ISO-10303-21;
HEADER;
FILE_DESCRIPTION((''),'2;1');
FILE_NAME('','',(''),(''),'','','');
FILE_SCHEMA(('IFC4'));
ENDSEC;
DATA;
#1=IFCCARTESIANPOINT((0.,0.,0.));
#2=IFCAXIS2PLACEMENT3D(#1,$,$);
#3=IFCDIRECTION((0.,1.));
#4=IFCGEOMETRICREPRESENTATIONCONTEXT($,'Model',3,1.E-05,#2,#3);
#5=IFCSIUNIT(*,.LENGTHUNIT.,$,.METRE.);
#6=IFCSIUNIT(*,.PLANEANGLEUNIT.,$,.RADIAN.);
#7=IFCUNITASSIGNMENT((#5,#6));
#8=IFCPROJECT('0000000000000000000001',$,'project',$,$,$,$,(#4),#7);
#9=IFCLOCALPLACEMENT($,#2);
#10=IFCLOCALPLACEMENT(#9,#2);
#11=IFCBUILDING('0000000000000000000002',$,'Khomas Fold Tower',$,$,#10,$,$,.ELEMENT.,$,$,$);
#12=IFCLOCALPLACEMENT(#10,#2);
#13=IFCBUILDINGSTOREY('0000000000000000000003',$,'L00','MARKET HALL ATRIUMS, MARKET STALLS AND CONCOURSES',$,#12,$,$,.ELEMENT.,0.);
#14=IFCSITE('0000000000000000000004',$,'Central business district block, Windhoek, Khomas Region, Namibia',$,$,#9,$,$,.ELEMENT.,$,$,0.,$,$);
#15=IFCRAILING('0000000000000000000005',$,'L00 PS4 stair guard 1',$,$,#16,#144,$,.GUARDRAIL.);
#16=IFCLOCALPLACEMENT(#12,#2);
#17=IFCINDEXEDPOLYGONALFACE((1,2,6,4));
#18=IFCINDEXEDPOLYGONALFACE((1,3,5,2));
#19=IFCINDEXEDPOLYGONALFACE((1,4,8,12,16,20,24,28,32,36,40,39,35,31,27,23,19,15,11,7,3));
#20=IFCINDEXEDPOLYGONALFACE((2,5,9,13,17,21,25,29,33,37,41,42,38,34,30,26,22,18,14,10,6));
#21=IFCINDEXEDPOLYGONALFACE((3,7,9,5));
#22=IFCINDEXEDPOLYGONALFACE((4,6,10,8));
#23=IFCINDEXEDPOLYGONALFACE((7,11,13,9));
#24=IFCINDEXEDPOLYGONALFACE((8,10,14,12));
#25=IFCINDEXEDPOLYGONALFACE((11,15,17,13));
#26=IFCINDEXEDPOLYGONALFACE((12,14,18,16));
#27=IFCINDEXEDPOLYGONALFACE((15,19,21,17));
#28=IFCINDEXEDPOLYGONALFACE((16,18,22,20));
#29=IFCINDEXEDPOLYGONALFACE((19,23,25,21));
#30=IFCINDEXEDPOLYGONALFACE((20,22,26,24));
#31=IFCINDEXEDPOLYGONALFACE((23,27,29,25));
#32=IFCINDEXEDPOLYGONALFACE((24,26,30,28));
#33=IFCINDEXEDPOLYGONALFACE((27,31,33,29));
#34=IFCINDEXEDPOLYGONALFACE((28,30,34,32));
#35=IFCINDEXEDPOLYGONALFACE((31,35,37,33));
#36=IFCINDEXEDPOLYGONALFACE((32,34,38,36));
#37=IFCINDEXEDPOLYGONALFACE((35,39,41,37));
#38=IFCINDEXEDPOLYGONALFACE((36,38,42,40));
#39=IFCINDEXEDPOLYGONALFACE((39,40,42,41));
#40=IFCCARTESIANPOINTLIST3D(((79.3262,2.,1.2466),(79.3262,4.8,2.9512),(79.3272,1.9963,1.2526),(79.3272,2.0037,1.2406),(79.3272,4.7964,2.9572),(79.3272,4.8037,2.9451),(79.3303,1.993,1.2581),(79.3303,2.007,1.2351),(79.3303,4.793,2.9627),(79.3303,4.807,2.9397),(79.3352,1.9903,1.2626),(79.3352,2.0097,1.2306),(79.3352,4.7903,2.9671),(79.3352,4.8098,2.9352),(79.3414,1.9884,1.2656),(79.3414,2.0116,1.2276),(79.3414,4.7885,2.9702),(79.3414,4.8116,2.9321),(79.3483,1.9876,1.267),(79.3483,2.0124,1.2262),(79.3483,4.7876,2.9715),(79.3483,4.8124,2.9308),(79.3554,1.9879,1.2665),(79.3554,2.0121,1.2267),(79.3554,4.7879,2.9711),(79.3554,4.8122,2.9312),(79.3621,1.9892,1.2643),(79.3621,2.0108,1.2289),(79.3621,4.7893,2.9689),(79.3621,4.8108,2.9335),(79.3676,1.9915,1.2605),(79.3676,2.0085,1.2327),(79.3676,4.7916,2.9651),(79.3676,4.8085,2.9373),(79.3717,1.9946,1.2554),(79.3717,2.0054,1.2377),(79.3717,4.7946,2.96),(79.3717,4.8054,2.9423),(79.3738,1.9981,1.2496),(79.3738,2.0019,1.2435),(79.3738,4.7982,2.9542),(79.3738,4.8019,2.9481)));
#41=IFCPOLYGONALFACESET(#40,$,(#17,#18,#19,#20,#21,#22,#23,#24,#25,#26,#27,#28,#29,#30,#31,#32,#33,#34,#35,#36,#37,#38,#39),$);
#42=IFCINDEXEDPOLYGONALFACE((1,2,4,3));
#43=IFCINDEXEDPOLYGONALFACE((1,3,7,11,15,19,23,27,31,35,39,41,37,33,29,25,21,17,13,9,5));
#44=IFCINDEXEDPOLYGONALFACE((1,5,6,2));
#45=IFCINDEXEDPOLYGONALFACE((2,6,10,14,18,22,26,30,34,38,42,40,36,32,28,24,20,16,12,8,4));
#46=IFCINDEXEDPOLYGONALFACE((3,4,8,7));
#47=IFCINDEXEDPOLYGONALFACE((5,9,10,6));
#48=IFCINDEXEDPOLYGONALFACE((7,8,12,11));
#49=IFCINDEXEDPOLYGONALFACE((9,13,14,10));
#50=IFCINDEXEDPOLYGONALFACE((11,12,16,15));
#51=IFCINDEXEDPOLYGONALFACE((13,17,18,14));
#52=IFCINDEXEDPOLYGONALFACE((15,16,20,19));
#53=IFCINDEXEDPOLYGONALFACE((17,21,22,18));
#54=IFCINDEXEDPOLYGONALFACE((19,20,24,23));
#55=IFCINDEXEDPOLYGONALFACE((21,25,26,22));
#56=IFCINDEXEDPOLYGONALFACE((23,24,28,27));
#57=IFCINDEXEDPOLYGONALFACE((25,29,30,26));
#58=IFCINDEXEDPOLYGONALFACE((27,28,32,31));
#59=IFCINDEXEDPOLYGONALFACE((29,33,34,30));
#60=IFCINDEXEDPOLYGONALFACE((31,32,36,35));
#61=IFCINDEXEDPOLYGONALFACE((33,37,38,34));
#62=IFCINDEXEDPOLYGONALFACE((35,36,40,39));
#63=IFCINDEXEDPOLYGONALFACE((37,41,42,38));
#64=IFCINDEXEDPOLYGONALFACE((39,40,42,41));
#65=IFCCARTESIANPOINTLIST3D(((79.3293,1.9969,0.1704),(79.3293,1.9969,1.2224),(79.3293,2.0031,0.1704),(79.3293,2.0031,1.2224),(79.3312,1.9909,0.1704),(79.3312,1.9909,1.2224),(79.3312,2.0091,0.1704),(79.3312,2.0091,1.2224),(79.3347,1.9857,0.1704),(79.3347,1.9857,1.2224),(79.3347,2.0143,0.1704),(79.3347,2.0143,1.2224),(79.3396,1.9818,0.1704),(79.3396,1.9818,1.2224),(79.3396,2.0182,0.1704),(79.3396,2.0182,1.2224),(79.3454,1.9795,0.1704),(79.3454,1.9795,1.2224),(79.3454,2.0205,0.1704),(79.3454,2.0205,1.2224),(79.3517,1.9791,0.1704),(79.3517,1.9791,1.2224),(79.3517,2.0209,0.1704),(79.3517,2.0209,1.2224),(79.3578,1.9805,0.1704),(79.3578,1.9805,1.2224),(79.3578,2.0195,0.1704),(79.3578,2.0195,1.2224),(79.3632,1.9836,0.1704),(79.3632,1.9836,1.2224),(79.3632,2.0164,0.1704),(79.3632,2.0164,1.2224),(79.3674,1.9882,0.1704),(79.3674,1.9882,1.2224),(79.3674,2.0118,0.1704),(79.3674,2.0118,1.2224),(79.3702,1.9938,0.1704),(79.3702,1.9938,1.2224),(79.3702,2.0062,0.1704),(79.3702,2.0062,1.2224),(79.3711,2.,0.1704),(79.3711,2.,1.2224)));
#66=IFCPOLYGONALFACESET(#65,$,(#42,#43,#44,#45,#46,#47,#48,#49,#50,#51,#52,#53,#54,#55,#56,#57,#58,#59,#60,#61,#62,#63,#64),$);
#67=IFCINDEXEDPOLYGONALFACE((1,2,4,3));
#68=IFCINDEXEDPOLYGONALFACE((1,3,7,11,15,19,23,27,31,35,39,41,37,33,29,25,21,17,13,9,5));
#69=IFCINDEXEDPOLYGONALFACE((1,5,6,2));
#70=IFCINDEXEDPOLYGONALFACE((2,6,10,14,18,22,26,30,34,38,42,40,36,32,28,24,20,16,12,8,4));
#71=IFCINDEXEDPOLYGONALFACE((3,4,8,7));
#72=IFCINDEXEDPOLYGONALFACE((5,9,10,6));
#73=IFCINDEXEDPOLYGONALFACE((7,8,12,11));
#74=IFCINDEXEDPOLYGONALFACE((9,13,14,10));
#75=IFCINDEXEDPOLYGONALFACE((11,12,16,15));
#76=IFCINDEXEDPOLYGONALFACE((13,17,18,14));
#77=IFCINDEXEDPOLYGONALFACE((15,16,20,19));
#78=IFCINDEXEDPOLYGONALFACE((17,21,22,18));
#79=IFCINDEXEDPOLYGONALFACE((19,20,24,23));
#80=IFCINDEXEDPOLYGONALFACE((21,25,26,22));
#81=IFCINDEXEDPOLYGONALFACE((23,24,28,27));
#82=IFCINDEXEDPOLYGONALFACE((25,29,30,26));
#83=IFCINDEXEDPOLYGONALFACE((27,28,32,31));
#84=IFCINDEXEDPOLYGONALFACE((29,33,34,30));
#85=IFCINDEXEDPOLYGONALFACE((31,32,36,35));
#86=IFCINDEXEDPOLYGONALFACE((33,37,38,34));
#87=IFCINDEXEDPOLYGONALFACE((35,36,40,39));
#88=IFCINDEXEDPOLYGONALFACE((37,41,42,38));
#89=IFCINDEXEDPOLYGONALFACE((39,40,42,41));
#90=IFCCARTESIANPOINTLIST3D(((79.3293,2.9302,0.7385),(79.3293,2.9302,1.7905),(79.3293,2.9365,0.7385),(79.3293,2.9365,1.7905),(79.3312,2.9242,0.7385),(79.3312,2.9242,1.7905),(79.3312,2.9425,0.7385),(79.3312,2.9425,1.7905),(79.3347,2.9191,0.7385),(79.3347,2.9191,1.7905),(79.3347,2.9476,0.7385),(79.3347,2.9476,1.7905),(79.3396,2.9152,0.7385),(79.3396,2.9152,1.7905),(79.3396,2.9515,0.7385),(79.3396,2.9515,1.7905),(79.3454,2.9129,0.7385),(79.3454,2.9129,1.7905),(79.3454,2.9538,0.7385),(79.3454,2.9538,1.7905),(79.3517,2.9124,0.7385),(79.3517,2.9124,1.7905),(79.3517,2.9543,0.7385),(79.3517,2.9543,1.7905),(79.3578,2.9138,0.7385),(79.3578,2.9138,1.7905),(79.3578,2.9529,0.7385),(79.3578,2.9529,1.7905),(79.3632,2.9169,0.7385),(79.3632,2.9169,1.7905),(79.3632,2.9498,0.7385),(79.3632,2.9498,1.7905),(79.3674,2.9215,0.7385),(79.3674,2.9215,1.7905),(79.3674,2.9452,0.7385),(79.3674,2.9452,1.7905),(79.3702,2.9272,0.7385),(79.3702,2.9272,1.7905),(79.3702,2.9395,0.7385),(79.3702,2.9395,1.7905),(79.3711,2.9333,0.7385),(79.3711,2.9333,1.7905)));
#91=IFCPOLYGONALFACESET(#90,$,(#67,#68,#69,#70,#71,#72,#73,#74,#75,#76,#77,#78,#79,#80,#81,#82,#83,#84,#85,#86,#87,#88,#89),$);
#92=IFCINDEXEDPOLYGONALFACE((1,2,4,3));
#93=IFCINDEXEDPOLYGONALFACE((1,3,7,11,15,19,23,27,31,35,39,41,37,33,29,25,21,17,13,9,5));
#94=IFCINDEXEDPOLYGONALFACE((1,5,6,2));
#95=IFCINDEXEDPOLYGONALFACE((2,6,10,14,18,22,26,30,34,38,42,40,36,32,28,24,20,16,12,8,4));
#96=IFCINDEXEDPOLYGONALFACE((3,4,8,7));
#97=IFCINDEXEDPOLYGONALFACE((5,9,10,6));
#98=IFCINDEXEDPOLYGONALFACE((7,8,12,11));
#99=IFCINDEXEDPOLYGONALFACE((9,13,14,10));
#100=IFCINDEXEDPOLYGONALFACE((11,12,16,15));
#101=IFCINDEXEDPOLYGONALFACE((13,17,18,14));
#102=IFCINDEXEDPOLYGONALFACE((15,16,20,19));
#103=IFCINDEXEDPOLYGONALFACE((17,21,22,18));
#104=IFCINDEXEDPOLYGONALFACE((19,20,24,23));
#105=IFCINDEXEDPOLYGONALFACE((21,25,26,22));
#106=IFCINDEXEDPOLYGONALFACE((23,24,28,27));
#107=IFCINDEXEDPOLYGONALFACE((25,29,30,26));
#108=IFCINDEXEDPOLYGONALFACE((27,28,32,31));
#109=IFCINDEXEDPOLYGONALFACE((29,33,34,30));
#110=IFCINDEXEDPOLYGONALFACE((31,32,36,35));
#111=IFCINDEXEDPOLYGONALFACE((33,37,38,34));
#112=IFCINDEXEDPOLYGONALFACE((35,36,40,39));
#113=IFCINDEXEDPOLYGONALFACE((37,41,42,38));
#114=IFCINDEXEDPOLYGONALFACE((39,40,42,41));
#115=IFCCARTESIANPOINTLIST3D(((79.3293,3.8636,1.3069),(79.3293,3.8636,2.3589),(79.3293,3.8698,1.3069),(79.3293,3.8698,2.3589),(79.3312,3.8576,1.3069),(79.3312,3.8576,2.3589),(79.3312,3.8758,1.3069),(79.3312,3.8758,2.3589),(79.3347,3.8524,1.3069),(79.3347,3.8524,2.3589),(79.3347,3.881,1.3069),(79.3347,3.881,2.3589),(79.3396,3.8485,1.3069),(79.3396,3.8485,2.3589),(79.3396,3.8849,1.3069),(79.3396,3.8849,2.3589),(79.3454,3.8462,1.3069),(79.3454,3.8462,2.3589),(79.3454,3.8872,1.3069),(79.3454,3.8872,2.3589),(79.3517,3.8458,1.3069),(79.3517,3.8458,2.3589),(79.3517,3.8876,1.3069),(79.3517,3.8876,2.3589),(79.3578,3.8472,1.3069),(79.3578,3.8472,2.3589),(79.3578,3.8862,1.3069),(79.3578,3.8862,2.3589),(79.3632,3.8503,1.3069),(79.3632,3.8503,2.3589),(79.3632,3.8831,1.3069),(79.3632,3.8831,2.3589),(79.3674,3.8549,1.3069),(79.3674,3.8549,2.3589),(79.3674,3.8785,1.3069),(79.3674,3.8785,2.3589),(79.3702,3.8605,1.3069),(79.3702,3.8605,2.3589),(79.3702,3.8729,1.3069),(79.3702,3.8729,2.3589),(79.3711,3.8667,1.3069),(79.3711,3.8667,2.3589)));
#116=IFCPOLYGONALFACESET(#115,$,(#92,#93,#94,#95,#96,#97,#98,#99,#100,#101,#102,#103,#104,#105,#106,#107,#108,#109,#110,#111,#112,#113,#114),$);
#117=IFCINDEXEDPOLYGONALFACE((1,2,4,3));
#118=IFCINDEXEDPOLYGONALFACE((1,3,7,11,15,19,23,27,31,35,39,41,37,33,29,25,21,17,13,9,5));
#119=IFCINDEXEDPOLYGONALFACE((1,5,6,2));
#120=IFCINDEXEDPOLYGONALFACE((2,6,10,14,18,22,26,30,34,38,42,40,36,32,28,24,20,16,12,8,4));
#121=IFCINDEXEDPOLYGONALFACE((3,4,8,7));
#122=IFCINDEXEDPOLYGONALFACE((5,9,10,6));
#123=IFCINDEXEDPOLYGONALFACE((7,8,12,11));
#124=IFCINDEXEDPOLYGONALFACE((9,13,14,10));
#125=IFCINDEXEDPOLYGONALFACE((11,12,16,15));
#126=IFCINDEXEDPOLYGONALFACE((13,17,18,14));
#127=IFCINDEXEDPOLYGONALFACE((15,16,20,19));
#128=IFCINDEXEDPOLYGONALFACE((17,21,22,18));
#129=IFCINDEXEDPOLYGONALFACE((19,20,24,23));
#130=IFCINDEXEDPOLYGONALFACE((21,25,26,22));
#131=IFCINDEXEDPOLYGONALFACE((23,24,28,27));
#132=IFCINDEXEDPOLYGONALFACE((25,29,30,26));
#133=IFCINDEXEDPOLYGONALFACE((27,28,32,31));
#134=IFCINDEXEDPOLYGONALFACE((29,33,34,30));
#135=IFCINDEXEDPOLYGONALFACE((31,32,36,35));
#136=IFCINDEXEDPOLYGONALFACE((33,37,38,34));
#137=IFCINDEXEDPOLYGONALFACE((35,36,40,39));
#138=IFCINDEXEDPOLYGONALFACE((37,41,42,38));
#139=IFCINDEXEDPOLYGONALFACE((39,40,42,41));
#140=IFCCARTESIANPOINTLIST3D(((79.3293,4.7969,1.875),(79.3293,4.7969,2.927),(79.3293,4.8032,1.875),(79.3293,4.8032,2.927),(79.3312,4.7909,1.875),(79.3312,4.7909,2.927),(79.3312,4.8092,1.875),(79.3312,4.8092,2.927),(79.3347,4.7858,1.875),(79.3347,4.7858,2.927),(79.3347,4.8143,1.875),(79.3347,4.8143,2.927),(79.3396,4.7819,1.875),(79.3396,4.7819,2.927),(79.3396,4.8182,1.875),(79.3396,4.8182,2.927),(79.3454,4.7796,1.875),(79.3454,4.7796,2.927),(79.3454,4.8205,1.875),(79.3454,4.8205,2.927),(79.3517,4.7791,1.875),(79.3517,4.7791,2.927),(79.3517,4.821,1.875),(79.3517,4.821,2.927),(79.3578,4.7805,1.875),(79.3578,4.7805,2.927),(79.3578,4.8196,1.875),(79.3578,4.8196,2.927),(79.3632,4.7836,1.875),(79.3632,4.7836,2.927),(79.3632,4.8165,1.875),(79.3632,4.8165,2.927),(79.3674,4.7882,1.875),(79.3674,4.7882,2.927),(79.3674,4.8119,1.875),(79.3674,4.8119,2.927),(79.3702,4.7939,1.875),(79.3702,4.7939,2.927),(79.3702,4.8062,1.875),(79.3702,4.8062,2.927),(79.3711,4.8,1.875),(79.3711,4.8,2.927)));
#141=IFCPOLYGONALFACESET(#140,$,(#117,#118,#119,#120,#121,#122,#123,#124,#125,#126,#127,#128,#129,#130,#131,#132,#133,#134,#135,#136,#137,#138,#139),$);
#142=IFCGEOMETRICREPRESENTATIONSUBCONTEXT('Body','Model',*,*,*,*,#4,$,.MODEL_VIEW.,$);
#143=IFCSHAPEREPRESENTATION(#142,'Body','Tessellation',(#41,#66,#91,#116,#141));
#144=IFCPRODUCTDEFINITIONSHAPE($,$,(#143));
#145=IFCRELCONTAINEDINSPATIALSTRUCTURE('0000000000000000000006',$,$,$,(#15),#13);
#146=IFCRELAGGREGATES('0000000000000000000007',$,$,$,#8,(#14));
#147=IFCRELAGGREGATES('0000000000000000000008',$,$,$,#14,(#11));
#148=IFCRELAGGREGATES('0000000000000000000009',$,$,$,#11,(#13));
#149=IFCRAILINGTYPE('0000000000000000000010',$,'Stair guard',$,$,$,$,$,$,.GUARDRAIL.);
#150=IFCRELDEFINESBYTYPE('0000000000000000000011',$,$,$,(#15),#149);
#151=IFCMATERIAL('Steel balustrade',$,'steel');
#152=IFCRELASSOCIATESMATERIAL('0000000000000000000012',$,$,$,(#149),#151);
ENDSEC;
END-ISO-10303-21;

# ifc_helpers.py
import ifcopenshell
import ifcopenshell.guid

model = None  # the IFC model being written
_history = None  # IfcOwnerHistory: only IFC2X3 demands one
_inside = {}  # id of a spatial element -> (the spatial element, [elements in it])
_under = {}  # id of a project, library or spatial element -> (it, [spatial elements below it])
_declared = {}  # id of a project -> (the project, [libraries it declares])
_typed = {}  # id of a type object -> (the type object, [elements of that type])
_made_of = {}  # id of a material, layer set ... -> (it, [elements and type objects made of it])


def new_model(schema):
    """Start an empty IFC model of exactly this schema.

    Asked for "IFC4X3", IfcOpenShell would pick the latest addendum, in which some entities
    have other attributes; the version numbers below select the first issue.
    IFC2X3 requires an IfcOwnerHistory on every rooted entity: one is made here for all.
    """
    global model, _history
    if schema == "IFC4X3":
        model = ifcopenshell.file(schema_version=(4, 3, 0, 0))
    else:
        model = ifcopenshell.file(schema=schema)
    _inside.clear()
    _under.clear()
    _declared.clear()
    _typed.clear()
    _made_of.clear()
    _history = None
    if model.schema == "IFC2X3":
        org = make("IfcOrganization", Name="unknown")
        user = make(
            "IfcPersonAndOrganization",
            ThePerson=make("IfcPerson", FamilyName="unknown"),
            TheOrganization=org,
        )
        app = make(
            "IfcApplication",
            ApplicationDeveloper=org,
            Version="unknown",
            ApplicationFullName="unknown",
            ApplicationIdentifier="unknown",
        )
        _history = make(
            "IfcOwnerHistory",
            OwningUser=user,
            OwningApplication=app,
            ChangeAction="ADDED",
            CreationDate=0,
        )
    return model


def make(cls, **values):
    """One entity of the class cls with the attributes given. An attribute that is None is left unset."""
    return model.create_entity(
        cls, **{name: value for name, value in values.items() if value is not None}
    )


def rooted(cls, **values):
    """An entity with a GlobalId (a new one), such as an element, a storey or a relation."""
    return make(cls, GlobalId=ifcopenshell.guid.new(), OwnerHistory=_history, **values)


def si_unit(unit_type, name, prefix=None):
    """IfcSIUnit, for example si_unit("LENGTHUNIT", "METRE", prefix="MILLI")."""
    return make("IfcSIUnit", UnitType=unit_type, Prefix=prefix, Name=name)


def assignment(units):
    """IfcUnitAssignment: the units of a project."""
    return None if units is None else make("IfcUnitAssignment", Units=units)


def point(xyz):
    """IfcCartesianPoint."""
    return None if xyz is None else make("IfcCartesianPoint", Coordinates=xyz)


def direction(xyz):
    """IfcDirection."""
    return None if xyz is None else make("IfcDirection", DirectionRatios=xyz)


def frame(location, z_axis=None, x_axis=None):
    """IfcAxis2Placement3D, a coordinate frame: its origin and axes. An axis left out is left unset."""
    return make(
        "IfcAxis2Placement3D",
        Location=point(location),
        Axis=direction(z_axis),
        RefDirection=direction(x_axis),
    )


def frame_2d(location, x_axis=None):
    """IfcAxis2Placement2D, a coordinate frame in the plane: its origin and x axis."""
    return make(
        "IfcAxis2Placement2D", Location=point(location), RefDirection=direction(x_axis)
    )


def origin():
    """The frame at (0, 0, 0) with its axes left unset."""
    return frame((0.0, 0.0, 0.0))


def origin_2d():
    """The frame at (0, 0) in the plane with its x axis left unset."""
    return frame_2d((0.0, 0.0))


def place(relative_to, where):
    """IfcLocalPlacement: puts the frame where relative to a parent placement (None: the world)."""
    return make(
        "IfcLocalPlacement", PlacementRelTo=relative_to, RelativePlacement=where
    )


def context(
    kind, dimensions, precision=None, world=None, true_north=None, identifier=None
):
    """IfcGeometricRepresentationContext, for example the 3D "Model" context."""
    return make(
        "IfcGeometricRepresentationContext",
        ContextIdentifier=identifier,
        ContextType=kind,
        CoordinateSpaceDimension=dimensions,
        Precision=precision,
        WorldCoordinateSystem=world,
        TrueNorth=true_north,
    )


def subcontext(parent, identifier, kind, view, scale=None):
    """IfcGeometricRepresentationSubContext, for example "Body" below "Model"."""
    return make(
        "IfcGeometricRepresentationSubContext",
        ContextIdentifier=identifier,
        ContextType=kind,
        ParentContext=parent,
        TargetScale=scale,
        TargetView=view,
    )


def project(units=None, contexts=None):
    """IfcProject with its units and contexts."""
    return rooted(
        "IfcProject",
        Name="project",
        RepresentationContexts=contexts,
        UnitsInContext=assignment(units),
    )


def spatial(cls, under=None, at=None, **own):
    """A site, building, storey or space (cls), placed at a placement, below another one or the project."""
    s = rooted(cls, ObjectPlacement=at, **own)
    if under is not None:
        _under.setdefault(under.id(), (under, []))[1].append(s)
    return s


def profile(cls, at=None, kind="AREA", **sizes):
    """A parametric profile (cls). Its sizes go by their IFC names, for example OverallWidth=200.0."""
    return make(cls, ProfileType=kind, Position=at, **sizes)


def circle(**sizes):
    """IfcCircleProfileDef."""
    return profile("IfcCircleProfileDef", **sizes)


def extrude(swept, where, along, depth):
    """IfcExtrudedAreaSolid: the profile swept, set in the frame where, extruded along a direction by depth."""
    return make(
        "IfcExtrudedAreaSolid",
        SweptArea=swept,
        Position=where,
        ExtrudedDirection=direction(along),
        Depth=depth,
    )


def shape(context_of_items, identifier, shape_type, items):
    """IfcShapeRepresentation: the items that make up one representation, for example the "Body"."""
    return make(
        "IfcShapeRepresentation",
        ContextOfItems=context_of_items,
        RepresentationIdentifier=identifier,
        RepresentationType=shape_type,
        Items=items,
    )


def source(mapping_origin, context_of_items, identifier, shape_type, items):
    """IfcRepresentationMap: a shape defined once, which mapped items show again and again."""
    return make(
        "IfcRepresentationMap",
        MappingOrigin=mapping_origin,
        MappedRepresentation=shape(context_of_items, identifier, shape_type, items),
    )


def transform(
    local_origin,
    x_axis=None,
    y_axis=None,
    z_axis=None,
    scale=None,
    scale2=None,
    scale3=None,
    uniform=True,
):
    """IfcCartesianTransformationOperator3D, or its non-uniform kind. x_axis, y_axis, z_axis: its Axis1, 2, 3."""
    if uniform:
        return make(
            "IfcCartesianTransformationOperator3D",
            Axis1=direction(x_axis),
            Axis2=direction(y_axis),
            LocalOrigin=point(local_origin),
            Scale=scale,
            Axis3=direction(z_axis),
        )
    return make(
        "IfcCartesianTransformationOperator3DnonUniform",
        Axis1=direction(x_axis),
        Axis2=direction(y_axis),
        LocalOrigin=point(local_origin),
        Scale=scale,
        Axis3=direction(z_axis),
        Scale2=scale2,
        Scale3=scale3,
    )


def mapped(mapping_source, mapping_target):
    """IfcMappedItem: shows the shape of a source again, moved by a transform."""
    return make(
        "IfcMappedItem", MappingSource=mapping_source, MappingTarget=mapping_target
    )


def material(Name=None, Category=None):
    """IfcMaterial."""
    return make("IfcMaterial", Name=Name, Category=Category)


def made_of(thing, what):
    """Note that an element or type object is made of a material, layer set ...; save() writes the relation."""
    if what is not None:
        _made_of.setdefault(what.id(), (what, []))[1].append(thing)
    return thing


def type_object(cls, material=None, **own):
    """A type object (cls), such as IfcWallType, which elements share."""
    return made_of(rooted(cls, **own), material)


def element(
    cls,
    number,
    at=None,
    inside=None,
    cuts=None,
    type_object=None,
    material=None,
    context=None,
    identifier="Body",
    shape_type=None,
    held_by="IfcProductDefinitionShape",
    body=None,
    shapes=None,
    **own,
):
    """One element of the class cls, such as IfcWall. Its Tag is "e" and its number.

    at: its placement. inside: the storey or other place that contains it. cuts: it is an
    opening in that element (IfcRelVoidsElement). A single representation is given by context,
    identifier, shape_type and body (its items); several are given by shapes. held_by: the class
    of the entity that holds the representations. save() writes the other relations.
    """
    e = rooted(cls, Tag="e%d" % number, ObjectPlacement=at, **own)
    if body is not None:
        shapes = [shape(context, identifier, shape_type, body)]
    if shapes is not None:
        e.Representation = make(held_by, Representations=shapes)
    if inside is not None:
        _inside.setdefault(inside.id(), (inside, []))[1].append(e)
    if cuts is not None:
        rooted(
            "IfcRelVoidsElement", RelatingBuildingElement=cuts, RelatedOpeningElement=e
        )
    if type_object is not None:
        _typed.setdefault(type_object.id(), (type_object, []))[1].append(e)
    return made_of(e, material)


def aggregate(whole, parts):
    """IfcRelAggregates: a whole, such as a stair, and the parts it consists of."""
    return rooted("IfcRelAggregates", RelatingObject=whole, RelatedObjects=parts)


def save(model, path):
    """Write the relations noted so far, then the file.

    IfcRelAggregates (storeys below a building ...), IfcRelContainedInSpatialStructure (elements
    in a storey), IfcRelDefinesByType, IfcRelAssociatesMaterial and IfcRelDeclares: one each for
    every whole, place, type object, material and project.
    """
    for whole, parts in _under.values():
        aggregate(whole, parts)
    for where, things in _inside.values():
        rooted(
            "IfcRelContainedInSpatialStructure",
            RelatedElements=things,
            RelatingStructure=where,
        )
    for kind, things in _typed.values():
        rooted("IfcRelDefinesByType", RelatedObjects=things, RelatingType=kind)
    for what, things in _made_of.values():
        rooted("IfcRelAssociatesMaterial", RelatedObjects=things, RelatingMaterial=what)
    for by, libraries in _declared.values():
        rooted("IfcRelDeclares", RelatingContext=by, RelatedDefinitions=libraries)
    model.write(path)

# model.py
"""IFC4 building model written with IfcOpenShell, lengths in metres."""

from ifc_helpers import new_model, si_unit, direction, frame, origin, origin_2d, place, context, subcontext, project, spatial, circle, extrude, source, transform, mapped, material, type_object, element, save


model = new_model("IFC4")

# Units and contexts
model_context = context("Model", 3, precision=1e-05, world=origin(), true_north=direction((0.0, 1.0)))
body_context = subcontext(model_context, "Body", "Model", "MODEL_VIEW")
ifc_project = project(units=[si_unit("LENGTHUNIT", "METRE"), si_unit("PLANEANGLEUNIT", "RADIAN")], contexts=[model_context])

# Site, building, storey
site_placement = place(None, origin())
site = spatial("IfcSite", under=ifc_project, at=site_placement, Name="Central business district block, Windhoek, Khomas Region, Namibia", CompositionType="ELEMENT", RefElevation=0.0)
building_placement = place(site_placement, origin())
building = spatial("IfcBuilding", under=site, at=building_placement, Name="Khomas Fold Tower", CompositionType="ELEMENT")
storey_placement = place(building_placement, origin())
storey = spatial("IfcBuildingStorey", under=building, at=storey_placement, Name="L00", Description="MARKET HALL ATRIUMS, MARKET STALLS AND CONCOURSES", CompositionType="ELEMENT", Elevation=0.0)

# Railing
ifc_material_1 = material(Name="Steel balustrade", Category="steel")
railing_type_1 = type_object("IfcRailingType", Name="Stair guard", PredefinedType="GUARDRAIL", material=ifc_material_1)
shared_shape_1 = source(origin(), body_context, "Body", "SweptSolid", [
    extrude(circle(Radius=0.0239, at=origin_2d()), frame((0.0, 0.0, 1.0762), z_axis=(0.0, 0.85417, 0.519994), x_axis=(-1.0, 0.0, 0.0)), (0.0, 0.0, 1.0), 3.2781),
    extrude(circle(Radius=0.021, at=origin_2d()), origin(), (0.0, 0.0, 1.0), 1.052),
    extrude(circle(Radius=0.021, at=origin_2d()), frame((0.0, 0.9333, 0.5681)), (0.0, 0.0, 1.0), 1.052),
    extrude(circle(Radius=0.021, at=origin_2d()), frame((0.0, 1.8667, 1.1365)), (0.0, 0.0, 1.0), 1.052),
    extrude(circle(Radius=0.021, at=origin_2d()), frame((0.0, 2.8, 1.7046)), (0.0, 0.0, 1.0), 1.052),
])
for number, where, name in (
    (1, (79.3501, 2.0, 0.1704), "L00 PS4 stair guard 1"),
):
    element("IfcRailing", number, at=place(storey_placement, frame(where)), inside=storey, type_object=railing_type_1, Name=name, PredefinedType="GUARDRAIL", context=body_context, shape_type="MappedRepresentation", body=[
        mapped(shared_shape_1, transform((0.0, 0.0, 0.0))),
    ])

save(model, "model.ifc")
